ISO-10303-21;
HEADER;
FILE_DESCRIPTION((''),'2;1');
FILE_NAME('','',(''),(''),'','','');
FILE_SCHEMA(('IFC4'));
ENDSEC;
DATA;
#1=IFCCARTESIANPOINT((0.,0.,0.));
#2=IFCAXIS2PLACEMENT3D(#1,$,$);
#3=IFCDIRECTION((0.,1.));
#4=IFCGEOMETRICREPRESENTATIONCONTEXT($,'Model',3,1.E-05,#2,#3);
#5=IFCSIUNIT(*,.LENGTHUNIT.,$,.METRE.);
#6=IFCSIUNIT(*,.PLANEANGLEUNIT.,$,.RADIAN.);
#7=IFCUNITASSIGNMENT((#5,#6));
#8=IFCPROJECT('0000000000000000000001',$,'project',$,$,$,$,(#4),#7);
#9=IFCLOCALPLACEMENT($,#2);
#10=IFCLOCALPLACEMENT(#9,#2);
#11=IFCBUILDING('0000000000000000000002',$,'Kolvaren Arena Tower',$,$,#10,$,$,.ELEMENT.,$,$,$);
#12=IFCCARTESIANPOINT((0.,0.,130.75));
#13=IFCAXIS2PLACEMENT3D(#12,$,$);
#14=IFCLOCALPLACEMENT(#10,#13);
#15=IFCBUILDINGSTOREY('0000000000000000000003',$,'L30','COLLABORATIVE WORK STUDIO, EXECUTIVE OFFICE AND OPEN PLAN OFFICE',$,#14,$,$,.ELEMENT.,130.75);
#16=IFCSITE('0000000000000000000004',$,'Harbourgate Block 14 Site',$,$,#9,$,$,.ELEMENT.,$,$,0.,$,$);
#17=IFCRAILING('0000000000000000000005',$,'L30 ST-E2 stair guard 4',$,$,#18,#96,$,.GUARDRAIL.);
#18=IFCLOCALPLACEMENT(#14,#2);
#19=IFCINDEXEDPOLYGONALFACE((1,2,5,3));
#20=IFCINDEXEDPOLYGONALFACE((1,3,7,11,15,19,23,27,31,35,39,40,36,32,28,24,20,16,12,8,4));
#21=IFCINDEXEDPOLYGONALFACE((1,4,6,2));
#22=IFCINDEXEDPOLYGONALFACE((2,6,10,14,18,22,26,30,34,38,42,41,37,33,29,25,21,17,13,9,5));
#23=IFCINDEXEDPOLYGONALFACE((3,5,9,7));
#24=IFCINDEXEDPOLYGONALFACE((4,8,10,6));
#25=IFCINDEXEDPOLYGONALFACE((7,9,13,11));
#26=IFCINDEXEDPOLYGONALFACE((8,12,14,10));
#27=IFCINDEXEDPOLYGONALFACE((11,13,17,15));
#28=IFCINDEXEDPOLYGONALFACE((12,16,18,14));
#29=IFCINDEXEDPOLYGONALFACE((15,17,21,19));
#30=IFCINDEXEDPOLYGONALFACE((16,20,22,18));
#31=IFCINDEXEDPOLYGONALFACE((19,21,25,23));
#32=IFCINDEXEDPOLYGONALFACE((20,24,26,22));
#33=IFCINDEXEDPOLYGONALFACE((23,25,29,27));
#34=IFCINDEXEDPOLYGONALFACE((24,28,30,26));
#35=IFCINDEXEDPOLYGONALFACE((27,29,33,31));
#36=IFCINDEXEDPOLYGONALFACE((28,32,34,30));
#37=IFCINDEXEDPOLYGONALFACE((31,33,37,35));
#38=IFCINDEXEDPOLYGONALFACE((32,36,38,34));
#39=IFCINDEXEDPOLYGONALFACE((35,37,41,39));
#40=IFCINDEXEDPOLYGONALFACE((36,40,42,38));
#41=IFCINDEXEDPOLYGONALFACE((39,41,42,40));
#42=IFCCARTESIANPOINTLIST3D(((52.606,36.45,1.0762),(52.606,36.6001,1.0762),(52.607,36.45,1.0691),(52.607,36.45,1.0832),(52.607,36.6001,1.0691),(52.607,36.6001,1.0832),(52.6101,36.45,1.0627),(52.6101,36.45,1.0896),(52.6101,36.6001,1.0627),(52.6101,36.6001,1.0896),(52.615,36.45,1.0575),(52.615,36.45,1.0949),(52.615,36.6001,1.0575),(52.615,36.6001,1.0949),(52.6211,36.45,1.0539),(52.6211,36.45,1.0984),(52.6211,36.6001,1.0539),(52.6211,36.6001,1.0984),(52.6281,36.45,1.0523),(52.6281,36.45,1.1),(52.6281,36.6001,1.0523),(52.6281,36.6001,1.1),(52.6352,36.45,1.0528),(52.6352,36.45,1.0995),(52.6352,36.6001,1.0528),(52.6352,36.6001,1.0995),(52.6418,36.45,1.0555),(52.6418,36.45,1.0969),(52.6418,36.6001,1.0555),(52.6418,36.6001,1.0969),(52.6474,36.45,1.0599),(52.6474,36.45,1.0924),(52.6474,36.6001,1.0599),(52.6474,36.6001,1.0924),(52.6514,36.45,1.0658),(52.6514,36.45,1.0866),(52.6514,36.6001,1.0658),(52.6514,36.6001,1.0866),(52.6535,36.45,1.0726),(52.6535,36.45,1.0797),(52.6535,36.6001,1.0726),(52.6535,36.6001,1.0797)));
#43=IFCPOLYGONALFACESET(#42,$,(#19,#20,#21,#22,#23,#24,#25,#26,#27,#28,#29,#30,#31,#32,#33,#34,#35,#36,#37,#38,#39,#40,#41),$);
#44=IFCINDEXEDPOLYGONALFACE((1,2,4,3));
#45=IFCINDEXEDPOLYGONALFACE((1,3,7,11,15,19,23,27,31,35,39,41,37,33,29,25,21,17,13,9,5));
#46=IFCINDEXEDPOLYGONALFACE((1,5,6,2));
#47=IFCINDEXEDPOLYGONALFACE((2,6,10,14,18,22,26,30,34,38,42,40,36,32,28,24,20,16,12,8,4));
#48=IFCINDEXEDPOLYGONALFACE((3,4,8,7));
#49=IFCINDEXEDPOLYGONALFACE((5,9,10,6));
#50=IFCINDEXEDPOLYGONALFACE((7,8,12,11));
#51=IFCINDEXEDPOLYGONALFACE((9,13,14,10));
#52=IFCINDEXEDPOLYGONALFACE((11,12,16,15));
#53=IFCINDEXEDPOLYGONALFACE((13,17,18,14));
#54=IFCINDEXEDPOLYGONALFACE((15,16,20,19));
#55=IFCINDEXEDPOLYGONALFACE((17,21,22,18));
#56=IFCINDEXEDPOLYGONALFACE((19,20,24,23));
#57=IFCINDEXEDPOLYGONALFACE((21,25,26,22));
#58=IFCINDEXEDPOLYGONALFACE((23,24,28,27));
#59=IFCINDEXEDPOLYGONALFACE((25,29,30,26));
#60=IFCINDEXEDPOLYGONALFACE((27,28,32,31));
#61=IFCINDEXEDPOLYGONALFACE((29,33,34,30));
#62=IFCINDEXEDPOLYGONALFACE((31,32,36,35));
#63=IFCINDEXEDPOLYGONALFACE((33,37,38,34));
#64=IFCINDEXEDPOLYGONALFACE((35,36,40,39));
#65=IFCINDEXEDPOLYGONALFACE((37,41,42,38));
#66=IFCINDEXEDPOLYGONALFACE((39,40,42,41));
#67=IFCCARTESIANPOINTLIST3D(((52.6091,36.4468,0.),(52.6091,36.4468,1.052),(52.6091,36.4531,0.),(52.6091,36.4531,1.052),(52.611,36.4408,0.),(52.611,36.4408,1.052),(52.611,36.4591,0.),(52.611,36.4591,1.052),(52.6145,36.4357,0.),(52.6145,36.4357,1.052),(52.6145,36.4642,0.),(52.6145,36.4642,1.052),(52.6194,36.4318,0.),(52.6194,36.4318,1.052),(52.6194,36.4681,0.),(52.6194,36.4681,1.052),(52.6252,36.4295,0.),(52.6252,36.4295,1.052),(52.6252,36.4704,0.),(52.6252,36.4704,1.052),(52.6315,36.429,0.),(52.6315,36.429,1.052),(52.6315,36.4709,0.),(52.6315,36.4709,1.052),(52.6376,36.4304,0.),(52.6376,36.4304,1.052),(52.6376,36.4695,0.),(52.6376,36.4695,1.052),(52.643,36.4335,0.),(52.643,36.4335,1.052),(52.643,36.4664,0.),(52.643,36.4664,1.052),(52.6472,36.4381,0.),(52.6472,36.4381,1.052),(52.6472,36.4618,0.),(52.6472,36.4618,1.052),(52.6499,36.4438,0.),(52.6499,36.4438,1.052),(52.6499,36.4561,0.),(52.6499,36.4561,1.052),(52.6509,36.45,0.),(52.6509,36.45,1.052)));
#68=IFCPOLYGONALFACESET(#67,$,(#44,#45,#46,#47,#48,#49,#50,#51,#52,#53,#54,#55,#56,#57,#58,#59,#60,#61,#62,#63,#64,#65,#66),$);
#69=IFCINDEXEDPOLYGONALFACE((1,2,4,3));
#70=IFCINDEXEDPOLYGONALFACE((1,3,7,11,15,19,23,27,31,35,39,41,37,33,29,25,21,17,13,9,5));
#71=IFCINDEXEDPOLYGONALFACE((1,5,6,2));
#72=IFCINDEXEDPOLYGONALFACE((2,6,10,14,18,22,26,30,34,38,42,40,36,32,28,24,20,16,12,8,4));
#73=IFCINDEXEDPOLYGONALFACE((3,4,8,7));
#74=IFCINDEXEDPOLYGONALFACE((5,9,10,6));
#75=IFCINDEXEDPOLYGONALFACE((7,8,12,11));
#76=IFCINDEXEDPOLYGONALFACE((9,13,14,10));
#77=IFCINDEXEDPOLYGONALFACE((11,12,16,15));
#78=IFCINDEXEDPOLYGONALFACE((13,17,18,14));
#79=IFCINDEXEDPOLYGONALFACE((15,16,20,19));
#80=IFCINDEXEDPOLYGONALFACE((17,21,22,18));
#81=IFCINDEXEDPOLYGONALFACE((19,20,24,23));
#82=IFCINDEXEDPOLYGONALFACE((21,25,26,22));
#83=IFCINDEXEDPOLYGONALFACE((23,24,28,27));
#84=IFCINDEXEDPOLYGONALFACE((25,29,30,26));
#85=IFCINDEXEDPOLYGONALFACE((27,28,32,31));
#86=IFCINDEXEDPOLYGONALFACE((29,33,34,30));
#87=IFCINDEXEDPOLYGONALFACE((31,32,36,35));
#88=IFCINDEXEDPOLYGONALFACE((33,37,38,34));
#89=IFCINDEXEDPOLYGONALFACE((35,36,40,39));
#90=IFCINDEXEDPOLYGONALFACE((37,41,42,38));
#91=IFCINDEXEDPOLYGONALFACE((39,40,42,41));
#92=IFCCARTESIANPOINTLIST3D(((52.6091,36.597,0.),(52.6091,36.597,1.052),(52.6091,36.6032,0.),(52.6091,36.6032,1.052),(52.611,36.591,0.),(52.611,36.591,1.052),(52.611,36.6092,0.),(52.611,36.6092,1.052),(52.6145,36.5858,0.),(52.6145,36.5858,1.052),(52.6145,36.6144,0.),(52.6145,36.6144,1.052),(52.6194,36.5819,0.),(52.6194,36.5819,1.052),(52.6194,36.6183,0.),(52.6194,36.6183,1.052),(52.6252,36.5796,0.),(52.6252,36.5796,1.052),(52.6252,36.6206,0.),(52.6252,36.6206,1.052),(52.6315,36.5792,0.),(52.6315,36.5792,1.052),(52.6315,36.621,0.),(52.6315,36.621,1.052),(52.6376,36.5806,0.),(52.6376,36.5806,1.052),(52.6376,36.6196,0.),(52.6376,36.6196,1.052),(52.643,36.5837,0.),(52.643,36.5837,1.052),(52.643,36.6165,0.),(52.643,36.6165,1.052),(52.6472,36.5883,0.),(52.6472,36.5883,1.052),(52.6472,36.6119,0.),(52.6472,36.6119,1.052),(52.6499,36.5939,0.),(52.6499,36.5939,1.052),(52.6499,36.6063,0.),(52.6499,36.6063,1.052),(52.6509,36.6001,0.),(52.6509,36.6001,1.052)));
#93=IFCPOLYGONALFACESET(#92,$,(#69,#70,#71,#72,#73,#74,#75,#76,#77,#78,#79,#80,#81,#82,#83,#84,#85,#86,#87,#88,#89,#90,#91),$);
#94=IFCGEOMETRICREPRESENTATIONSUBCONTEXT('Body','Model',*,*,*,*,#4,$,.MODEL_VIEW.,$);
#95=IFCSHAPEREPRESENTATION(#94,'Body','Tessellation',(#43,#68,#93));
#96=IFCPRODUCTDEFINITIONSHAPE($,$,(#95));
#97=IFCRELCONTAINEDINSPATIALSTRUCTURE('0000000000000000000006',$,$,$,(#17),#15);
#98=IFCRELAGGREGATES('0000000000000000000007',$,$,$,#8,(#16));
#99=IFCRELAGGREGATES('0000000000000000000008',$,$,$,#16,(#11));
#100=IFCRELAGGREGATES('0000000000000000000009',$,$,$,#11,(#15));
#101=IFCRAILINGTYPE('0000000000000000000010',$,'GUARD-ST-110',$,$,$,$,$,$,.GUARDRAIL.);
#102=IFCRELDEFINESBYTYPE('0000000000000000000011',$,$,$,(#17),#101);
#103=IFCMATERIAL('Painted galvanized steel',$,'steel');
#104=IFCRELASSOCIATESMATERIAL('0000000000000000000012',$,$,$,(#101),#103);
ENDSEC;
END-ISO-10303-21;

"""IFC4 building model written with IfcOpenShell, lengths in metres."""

from ifc_helpers import new_model, si_unit, direction, frame, origin, origin_2d, place, context, subcontext, project, spatial, circle, extrude, material, type_object, element, save


model = new_model("IFC4")

# Units and contexts
model_context = context("Model", 3, precision=1e-05, world=origin(), true_north=direction((0.0, 1.0)))
body_context = subcontext(model_context, "Body", "Model", "MODEL_VIEW")
ifc_project = project(units=[si_unit("LENGTHUNIT", "METRE"), si_unit("PLANEANGLEUNIT", "RADIAN")], contexts=[model_context])

# Site, building, storey
site_placement = place(None, origin())
site = spatial("IfcSite", under=ifc_project, at=site_placement, Name="Harbourgate Block 14 Site", CompositionType="ELEMENT", RefElevation=0.0)
building_placement = place(site_placement, origin())
building = spatial("IfcBuilding", under=site, at=building_placement, Name="Kolvaren Arena Tower", CompositionType="ELEMENT")
storey_placement = place(building_placement, frame((0.0, 0.0, 130.75)))
storey = spatial("IfcBuildingStorey", under=building, at=storey_placement, Name="L30", Description="COLLABORATIVE WORK STUDIO, EXECUTIVE OFFICE AND OPEN PLAN OFFICE", CompositionType="ELEMENT", Elevation=130.75)

# Railing
ifc_material_1 = material(Name="Painted galvanized steel", Category="steel")
railing_type_1 = type_object("IfcRailingType", Name="GUARD-ST-110", PredefinedType="GUARDRAIL", material=ifc_material_1)
railing_1_placement = place(storey_placement, frame((52.6299, 36.45, 0.0)))
element("IfcRailing", 1, at=railing_1_placement, inside=storey, type_object=railing_type_1, Name="L30 ST-E2 stair guard 4", PredefinedType="GUARDRAIL", context=body_context, shape_type="SweptSolid", body=[
    extrude(circle(Radius=0.0239, at=origin_2d()), frame((0.0, 0.0, 1.0762), z_axis=(0.0, 1.0, 0.0), x_axis=(-1.0, 0.0, 0.0)), (0.0, 0.0, 1.0), 0.1501),
    extrude(circle(Radius=0.021, at=origin_2d()), origin(), (0.0, 0.0, 1.0), 1.052),
    extrude(circle(Radius=0.021, at=origin_2d()), frame((0.0, 0.1501, 0.0)), (0.0, 0.0, 1.0), 1.052),
])

save(model, "model.ifc")
